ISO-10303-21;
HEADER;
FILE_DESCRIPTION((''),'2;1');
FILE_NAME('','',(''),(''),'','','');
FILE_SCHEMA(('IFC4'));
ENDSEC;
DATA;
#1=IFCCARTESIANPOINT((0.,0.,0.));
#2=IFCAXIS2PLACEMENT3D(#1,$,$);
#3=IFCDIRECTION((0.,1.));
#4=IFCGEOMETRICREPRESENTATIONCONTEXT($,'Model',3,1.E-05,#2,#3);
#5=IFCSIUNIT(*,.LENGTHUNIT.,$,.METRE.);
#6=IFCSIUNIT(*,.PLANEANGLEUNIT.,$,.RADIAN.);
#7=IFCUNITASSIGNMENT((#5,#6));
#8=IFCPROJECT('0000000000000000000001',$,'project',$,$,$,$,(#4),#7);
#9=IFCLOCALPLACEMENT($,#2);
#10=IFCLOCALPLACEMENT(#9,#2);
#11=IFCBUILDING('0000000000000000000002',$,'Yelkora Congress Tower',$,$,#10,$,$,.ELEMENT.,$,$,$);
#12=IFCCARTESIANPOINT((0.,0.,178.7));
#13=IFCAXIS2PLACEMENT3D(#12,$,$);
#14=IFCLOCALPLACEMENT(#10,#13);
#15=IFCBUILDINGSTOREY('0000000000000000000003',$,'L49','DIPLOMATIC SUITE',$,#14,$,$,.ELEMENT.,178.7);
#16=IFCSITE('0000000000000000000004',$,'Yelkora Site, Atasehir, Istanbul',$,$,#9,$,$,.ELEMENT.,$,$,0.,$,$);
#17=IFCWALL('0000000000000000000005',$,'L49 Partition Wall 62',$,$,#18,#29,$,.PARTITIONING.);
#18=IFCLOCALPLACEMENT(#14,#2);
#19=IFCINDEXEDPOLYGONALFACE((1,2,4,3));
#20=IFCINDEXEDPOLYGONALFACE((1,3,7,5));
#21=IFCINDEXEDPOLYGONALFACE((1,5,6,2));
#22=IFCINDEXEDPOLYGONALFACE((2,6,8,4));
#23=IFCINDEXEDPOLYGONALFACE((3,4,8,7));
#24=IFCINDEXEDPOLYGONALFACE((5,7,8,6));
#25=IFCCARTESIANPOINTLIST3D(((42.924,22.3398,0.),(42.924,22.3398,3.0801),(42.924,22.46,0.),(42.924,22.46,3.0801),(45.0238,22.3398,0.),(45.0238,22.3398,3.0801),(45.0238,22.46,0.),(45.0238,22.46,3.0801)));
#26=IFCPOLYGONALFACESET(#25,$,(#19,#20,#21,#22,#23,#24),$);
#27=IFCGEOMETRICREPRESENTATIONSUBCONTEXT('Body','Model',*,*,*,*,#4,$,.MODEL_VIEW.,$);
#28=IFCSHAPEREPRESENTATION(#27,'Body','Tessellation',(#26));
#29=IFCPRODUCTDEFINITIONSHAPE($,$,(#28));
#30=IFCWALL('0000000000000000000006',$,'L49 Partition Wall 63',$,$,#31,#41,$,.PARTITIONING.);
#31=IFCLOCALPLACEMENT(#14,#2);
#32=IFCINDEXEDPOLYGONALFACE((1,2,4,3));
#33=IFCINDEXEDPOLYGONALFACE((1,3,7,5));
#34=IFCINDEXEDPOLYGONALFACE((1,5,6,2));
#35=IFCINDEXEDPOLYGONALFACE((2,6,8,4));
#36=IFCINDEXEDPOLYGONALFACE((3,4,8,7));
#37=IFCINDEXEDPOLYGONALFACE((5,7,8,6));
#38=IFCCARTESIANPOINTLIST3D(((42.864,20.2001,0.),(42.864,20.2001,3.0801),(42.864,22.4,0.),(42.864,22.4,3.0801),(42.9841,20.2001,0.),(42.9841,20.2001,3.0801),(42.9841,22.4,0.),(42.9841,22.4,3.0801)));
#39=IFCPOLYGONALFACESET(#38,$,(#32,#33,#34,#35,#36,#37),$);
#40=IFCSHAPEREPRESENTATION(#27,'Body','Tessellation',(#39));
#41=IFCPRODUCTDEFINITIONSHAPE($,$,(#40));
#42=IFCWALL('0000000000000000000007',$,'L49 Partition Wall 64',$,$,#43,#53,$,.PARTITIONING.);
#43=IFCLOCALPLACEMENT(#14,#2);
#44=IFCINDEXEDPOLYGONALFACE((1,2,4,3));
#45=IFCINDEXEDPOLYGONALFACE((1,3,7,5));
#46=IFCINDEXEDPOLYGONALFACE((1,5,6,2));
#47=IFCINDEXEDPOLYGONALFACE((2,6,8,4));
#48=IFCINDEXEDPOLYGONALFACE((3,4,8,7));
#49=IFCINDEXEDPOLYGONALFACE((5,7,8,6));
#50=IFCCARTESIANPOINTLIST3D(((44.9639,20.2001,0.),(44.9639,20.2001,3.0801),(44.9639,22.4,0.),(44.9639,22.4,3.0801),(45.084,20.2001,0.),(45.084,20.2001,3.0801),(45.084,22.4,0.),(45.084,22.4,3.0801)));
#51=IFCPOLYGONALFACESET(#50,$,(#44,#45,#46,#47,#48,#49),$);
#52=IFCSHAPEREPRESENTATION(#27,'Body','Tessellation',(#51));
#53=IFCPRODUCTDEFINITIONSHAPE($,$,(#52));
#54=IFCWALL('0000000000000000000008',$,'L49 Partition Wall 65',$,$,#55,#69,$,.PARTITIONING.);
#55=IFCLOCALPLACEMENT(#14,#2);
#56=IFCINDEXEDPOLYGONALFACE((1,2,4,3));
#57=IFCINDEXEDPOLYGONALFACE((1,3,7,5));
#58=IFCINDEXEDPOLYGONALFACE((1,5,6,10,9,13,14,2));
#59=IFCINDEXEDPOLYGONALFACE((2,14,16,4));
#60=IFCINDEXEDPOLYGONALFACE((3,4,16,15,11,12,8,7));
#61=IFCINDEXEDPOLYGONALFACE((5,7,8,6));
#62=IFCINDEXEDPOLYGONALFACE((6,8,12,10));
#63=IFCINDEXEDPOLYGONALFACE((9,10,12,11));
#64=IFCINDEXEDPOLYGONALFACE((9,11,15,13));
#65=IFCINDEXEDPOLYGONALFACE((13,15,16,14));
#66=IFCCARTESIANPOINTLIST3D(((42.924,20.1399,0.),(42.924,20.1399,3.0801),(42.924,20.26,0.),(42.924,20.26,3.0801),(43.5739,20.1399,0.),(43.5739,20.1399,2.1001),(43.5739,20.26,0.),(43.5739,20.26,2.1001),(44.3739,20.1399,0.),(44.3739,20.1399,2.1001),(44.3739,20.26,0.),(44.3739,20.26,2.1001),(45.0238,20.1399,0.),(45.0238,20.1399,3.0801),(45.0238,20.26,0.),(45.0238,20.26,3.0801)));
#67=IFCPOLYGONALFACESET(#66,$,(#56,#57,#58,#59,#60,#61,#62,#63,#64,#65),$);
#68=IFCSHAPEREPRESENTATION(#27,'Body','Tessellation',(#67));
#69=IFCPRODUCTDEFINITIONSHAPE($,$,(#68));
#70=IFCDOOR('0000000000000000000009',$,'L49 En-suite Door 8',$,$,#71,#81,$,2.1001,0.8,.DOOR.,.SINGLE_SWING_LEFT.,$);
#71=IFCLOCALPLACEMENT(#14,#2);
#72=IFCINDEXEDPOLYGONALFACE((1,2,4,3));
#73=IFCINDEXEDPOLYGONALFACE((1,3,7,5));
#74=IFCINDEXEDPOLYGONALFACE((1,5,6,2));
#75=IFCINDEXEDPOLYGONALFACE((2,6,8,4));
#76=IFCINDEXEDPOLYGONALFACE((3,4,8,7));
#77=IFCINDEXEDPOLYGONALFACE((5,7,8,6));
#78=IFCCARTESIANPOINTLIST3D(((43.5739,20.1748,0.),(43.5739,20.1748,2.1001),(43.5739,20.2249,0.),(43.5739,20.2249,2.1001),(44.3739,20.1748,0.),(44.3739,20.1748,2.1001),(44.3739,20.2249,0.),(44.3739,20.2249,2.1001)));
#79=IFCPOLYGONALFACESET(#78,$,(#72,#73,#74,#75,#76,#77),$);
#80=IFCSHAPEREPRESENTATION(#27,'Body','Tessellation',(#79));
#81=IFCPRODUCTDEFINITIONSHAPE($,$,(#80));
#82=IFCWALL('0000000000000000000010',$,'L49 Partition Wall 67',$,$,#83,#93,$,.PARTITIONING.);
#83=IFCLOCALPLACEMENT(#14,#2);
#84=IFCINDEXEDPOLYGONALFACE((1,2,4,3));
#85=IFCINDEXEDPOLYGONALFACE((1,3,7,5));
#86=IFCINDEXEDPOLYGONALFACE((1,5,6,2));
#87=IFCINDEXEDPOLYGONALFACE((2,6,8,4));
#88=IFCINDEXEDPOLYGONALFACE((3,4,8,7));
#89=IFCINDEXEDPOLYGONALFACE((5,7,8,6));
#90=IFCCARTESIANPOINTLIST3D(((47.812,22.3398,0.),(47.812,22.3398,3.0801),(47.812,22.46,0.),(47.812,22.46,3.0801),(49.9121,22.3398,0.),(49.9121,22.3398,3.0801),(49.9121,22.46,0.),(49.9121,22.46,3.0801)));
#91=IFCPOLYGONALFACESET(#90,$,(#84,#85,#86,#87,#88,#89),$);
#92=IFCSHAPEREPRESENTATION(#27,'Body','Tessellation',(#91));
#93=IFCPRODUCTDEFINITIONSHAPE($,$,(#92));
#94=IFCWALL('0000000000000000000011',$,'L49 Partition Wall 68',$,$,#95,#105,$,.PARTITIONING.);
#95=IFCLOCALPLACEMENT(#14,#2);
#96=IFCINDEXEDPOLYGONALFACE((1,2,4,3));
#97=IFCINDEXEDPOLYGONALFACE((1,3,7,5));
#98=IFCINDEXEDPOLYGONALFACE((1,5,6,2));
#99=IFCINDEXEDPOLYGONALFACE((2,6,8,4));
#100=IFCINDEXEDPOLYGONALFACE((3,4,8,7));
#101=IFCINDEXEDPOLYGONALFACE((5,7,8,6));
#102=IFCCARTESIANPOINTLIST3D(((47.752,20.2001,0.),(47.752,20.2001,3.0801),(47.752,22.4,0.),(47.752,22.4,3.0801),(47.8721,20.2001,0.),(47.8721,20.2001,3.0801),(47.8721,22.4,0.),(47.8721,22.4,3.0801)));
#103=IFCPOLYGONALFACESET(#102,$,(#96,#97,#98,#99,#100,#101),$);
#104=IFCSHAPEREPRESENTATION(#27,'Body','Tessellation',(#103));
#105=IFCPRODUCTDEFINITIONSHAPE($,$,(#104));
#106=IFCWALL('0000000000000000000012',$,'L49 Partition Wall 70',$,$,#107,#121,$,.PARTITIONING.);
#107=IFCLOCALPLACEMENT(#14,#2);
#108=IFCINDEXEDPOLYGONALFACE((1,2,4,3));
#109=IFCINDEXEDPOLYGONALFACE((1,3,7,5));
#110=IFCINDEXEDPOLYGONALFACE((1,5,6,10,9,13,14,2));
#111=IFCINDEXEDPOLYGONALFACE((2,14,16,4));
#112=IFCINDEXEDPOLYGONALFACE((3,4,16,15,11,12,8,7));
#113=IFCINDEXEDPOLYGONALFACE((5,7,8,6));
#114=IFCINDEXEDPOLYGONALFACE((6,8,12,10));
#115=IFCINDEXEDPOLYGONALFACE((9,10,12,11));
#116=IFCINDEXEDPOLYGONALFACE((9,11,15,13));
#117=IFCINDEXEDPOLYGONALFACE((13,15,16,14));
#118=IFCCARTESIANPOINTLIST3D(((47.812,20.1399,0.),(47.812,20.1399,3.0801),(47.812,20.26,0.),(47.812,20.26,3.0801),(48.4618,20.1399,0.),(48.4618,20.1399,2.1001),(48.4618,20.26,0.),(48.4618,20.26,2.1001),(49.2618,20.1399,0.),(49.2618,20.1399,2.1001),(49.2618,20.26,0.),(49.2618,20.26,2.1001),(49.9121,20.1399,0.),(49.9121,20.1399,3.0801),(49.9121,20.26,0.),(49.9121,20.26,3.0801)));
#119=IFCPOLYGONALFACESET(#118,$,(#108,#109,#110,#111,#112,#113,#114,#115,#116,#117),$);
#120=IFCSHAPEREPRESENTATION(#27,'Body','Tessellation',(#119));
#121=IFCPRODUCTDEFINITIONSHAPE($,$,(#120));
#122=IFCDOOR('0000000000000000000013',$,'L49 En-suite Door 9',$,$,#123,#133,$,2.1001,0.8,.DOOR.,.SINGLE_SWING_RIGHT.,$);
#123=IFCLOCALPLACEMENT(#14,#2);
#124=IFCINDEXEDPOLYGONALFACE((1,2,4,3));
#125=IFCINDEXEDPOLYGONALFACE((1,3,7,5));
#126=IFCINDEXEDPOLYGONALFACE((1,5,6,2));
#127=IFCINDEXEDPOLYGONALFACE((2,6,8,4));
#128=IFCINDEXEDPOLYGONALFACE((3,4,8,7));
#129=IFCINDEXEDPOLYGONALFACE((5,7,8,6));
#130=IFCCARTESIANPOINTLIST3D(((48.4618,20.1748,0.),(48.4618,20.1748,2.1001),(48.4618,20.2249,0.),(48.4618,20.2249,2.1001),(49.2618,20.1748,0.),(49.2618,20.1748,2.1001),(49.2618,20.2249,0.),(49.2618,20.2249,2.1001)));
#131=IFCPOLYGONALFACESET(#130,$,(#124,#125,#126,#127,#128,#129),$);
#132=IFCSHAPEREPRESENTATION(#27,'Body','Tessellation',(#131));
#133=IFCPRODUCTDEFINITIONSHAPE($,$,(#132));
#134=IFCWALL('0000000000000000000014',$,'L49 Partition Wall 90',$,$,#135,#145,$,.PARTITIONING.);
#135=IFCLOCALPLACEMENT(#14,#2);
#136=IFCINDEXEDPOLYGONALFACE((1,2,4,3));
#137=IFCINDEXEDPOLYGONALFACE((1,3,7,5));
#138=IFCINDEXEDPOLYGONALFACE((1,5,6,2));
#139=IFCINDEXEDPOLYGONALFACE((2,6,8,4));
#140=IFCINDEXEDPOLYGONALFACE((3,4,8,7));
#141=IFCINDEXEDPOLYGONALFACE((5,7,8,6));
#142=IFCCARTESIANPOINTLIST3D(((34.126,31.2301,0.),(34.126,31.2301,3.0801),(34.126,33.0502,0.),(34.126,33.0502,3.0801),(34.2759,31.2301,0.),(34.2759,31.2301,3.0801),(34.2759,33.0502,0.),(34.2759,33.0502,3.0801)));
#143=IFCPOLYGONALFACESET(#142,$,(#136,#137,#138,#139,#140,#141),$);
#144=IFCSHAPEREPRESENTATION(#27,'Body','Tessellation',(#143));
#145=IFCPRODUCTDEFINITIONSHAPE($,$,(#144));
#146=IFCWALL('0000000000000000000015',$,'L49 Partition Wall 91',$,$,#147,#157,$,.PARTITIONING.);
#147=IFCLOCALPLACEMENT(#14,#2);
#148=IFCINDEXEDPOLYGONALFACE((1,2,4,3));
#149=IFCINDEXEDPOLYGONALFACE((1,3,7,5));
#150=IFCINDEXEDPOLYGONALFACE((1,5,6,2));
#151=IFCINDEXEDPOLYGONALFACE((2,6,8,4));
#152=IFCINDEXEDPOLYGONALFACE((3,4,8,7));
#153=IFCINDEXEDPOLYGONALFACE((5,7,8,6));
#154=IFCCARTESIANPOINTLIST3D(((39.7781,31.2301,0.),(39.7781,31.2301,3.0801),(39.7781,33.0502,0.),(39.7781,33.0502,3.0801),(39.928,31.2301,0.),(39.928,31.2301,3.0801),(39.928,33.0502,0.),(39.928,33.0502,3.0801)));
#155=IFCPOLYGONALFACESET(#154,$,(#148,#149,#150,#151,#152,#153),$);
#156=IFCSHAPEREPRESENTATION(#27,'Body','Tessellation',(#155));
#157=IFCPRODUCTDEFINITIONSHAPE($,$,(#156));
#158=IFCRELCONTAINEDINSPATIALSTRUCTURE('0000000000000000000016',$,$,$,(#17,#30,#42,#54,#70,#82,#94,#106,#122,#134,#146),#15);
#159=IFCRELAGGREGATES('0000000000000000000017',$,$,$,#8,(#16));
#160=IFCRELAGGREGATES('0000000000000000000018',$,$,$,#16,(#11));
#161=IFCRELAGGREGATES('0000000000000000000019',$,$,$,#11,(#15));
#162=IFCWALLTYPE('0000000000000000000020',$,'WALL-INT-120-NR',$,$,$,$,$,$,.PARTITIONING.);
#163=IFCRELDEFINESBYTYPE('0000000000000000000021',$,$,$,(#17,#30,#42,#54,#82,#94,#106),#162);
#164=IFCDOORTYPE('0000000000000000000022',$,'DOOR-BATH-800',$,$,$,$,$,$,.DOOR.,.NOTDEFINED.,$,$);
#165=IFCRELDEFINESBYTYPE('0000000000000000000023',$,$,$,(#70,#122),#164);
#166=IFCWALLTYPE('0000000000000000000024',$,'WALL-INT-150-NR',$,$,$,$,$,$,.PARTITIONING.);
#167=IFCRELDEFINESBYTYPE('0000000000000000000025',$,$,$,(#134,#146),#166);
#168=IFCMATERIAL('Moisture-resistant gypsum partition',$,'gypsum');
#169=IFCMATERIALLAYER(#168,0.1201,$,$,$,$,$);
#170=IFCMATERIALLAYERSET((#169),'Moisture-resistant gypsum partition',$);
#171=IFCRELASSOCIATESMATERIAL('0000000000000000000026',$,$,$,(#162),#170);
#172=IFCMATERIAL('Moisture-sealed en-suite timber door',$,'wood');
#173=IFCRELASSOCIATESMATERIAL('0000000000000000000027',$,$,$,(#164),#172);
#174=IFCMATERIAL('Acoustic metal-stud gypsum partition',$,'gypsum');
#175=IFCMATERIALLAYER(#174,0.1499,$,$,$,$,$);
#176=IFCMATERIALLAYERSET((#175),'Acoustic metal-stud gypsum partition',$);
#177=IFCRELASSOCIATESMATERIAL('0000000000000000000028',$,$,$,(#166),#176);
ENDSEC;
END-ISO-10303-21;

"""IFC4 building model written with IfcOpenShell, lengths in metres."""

from ifc_helpers import new_model, si_unit, direction, frame, frame_2d, origin, place, context, subcontext, project, spatial, rectangle, extrude, material, layer, layer_set, type_object, element, fill, save


model = new_model("IFC4")

# Units and contexts
model_context = context("Model", 3, precision=1e-05, world=origin(), true_north=direction((0.0, 1.0)))
body_context = subcontext(model_context, "Body", "Model", "MODEL_VIEW")
ifc_project = project(units=[si_unit("LENGTHUNIT", "METRE"), si_unit("PLANEANGLEUNIT", "RADIAN")], contexts=[model_context])

# Site, building, storey
site_placement = place(None, origin())
site = spatial("IfcSite", under=ifc_project, at=site_placement, Name="Yelkora Site, Atasehir, Istanbul", CompositionType="ELEMENT", RefElevation=0.0)
building_placement = place(site_placement, origin())
building = spatial("IfcBuilding", under=site, at=building_placement, Name="Yelkora Congress Tower", CompositionType="ELEMENT")
storey_placement = place(building_placement, frame((0.0, 0.0, 178.7)))
storey = spatial("IfcBuildingStorey", under=building, at=storey_placement, Name="L49", Description="DIPLOMATIC SUITE", CompositionType="ELEMENT", Elevation=178.7)

# Shared definitions
ifc_material_1 = material(Name="Moisture-resistant gypsum partition", Category="gypsum")
ifc_layer_1 = layer(ifc_material_1, 0.1201)
ifc_layer_set_1 = layer_set([ifc_layer_1], Name="Moisture-resistant gypsum partition")
wall_type_1 = type_object("IfcWallType", Name="WALL-INT-120-NR", PredefinedType="PARTITIONING", material=ifc_layer_set_1)

# Shared definitions
ifc_material_2 = material(Name="Moisture-sealed en-suite timber door", Category="wood")
door_type = type_object("IfcDoorType", Name="DOOR-BATH-800", OperationType="NOTDEFINED", PredefinedType="DOOR", material=ifc_material_2)

# Walls
wall_1_placement = place(storey_placement, frame((42.9241, 22.3999, 0.0), z_axis=(0.0, 0.0, 1.0), x_axis=(1.0, 0.0, 0.0)))
element("IfcWall", 1, at=wall_1_placement, inside=storey, type_object=wall_type_1, Name="L49 Partition Wall 62", PredefinedType="PARTITIONING", context=body_context, shape_type="SweptSolid", body=[
    extrude(rectangle(XDim=2.0999, YDim=0.1201, at=frame_2d((1.0498, 0.0))), origin(), (0.0, 0.0, 1.0), 3.0801),
])
for number, where, z_axis, x_axis, name in (
    (2, (42.9241, 20.2, 0.0), (0.0, 0.0, 1.0), (0.0, 1.0, 0.0), "L49 Partition Wall 63"),
    (3, (45.0239, 20.2, 0.0), (0.0, 0.0, 1.0), (0.0, 1.0, 0.0), "L49 Partition Wall 64"),
):
    element("IfcWall", number, at=place(storey_placement, frame(where, z_axis=z_axis, x_axis=x_axis)), inside=storey, type_object=wall_type_1, Name=name, PredefinedType="PARTITIONING", context=body_context, shape_type="SweptSolid", body=[
        extrude(rectangle(XDim=2.2, YDim=0.1201, at=frame_2d((1.1001, 0.0))), origin(), (0.0, 0.0, 1.0), 3.0801),
    ])

# Wall, opening, door
wall_2_placement = place(storey_placement, frame((42.9241, 20.2, 0.0), z_axis=(0.0, 0.0, 1.0), x_axis=(1.0, 0.0, 0.0)))
wall_2 = element("IfcWall", 4, at=wall_2_placement, inside=storey, type_object=wall_type_1, Name="L49 Partition Wall 65", PredefinedType="PARTITIONING", context=body_context, shape_type="SweptSolid", body=[
    extrude(rectangle(XDim=2.0999, YDim=0.1201, at=frame_2d((1.0498, 0.0))), origin(), (0.0, 0.0, 1.0), 3.0801),
])
opening_1_placement = place(wall_2_placement, frame((0.6499, 0.0, 0.0)))
opening_1 = element("IfcOpeningElement", 5, at=opening_1_placement, cuts=wall_2, PredefinedType="OPENING", context=body_context, shape_type="SweptSolid", body=[
    extrude(rectangle(XDim=0.8, YDim=2.1001, at=frame_2d((0.3999, 1.05))), frame((0.0, 0.0701, 0.0), z_axis=(0.0, -1.0, 0.0), x_axis=(1.0, 0.0, 0.0)), (0.0, 0.0, 1.0), 0.1401),
])
door_1_placement = place(opening_1_placement, origin())
door_1 = element("IfcDoor", 6, at=door_1_placement, inside=storey, type_object=door_type, Name="L49 En-suite Door 8", OperationType="SINGLE_SWING_LEFT", OverallHeight=2.1001, OverallWidth=0.8, PredefinedType="DOOR", context=body_context, shape_type="SweptSolid", body=[
    extrude(rectangle(XDim=0.8, YDim=2.1001, at=frame_2d((0.3999, 1.05))), frame((0.0, 0.0249, 0.0), z_axis=(0.0, -1.0, 0.0), x_axis=(1.0, 0.0, 0.0)), (0.0, 0.0, 1.0), 0.05),
])
fill(opening_1, door_1)

# Walls
wall_3_placement = place(storey_placement, frame((47.812, 22.3999, 0.0), z_axis=(0.0, 0.0, 1.0), x_axis=(1.0, 0.0, 0.0)))
element("IfcWall", 7, at=wall_3_placement, inside=storey, type_object=wall_type_1, Name="L49 Partition Wall 67", PredefinedType="PARTITIONING", context=body_context, shape_type="SweptSolid", body=[
    extrude(rectangle(XDim=2.1001, YDim=0.1201, at=frame_2d((1.05, 0.0))), origin(), (0.0, 0.0, 1.0), 3.0801),
])
wall_4_placement = place(storey_placement, frame((47.812, 20.2, 0.0), z_axis=(0.0, 0.0, 1.0), x_axis=(0.0, 1.0, 0.0)))
element("IfcWall", 8, at=wall_4_placement, inside=storey, type_object=wall_type_1, Name="L49 Partition Wall 68", PredefinedType="PARTITIONING", context=body_context, shape_type="SweptSolid", body=[
    extrude(rectangle(XDim=2.2, YDim=0.1201, at=frame_2d((1.1001, 0.0))), origin(), (0.0, 0.0, 1.0), 3.0801),
])

# Wall, opening, door
wall_5_placement = place(storey_placement, frame((47.812, 20.2, 0.0), z_axis=(0.0, 0.0, 1.0), x_axis=(1.0, 0.0, 0.0)))
wall_5 = element("IfcWall", 9, at=wall_5_placement, inside=storey, type_object=wall_type_1, Name="L49 Partition Wall 70", PredefinedType="PARTITIONING", context=body_context, shape_type="SweptSolid", body=[
    extrude(rectangle(XDim=2.1001, YDim=0.1201, at=frame_2d((1.05, 0.0))), origin(), (0.0, 0.0, 1.0), 3.0801),
])
opening_2_placement = place(wall_5_placement, frame((0.6499, 0.0, 0.0)))
opening_2 = element("IfcOpeningElement", 10, at=opening_2_placement, cuts=wall_5, PredefinedType="OPENING", context=body_context, shape_type="SweptSolid", body=[
    extrude(rectangle(XDim=0.8, YDim=2.1001, at=frame_2d((0.3999, 1.05))), frame((0.0, 0.0701, 0.0), z_axis=(0.0, -1.0, 0.0), x_axis=(1.0, 0.0, 0.0)), (0.0, 0.0, 1.0), 0.1401),
])
door_2_placement = place(opening_2_placement, origin())
door_2 = element("IfcDoor", 11, at=door_2_placement, inside=storey, type_object=door_type, Name="L49 En-suite Door 9", OperationType="SINGLE_SWING_RIGHT", OverallHeight=2.1001, OverallWidth=0.8, PredefinedType="DOOR", context=body_context, shape_type="SweptSolid", body=[
    extrude(rectangle(XDim=0.8, YDim=2.1001, at=frame_2d((0.3999, 1.05))), frame((0.0, 0.0249, 0.0), z_axis=(0.0, -1.0, 0.0), x_axis=(1.0, 0.0, 0.0)), (0.0, 0.0, 1.0), 0.05),
])
fill(opening_2, door_2)

# Walls
ifc_material_3 = material(Name="Acoustic metal-stud gypsum partition", Category="gypsum")
ifc_layer_2 = layer(ifc_material_3, 0.1499)
ifc_layer_set_2 = layer_set([ifc_layer_2], Name="Acoustic metal-stud gypsum partition")
wall_type_2 = type_object("IfcWallType", Name="WALL-INT-150-NR", PredefinedType="PARTITIONING", material=ifc_layer_set_2)
for number, where, z_axis, x_axis, name in (
    (12, (34.2009, 31.23, 0.0), (0.0, 0.0, 1.0), (0.0, 1.0, 0.0), "L49 Partition Wall 90"),
    (13, (39.853, 31.23, 0.0), (0.0, 0.0, 1.0), (0.0, 1.0, 0.0), "L49 Partition Wall 91"),
):
    element("IfcWall", number, at=place(storey_placement, frame(where, z_axis=z_axis, x_axis=x_axis)), inside=storey, type_object=wall_type_2, Name=name, PredefinedType="PARTITIONING", context=body_context, shape_type="SweptSolid", body=[
        extrude(rectangle(XDim=1.8201, YDim=0.1499, at=frame_2d((0.9102, 0.0))), origin(), (0.0, 0.0, 1.0), 3.0801),
    ])

save(model, "model.ifc")
